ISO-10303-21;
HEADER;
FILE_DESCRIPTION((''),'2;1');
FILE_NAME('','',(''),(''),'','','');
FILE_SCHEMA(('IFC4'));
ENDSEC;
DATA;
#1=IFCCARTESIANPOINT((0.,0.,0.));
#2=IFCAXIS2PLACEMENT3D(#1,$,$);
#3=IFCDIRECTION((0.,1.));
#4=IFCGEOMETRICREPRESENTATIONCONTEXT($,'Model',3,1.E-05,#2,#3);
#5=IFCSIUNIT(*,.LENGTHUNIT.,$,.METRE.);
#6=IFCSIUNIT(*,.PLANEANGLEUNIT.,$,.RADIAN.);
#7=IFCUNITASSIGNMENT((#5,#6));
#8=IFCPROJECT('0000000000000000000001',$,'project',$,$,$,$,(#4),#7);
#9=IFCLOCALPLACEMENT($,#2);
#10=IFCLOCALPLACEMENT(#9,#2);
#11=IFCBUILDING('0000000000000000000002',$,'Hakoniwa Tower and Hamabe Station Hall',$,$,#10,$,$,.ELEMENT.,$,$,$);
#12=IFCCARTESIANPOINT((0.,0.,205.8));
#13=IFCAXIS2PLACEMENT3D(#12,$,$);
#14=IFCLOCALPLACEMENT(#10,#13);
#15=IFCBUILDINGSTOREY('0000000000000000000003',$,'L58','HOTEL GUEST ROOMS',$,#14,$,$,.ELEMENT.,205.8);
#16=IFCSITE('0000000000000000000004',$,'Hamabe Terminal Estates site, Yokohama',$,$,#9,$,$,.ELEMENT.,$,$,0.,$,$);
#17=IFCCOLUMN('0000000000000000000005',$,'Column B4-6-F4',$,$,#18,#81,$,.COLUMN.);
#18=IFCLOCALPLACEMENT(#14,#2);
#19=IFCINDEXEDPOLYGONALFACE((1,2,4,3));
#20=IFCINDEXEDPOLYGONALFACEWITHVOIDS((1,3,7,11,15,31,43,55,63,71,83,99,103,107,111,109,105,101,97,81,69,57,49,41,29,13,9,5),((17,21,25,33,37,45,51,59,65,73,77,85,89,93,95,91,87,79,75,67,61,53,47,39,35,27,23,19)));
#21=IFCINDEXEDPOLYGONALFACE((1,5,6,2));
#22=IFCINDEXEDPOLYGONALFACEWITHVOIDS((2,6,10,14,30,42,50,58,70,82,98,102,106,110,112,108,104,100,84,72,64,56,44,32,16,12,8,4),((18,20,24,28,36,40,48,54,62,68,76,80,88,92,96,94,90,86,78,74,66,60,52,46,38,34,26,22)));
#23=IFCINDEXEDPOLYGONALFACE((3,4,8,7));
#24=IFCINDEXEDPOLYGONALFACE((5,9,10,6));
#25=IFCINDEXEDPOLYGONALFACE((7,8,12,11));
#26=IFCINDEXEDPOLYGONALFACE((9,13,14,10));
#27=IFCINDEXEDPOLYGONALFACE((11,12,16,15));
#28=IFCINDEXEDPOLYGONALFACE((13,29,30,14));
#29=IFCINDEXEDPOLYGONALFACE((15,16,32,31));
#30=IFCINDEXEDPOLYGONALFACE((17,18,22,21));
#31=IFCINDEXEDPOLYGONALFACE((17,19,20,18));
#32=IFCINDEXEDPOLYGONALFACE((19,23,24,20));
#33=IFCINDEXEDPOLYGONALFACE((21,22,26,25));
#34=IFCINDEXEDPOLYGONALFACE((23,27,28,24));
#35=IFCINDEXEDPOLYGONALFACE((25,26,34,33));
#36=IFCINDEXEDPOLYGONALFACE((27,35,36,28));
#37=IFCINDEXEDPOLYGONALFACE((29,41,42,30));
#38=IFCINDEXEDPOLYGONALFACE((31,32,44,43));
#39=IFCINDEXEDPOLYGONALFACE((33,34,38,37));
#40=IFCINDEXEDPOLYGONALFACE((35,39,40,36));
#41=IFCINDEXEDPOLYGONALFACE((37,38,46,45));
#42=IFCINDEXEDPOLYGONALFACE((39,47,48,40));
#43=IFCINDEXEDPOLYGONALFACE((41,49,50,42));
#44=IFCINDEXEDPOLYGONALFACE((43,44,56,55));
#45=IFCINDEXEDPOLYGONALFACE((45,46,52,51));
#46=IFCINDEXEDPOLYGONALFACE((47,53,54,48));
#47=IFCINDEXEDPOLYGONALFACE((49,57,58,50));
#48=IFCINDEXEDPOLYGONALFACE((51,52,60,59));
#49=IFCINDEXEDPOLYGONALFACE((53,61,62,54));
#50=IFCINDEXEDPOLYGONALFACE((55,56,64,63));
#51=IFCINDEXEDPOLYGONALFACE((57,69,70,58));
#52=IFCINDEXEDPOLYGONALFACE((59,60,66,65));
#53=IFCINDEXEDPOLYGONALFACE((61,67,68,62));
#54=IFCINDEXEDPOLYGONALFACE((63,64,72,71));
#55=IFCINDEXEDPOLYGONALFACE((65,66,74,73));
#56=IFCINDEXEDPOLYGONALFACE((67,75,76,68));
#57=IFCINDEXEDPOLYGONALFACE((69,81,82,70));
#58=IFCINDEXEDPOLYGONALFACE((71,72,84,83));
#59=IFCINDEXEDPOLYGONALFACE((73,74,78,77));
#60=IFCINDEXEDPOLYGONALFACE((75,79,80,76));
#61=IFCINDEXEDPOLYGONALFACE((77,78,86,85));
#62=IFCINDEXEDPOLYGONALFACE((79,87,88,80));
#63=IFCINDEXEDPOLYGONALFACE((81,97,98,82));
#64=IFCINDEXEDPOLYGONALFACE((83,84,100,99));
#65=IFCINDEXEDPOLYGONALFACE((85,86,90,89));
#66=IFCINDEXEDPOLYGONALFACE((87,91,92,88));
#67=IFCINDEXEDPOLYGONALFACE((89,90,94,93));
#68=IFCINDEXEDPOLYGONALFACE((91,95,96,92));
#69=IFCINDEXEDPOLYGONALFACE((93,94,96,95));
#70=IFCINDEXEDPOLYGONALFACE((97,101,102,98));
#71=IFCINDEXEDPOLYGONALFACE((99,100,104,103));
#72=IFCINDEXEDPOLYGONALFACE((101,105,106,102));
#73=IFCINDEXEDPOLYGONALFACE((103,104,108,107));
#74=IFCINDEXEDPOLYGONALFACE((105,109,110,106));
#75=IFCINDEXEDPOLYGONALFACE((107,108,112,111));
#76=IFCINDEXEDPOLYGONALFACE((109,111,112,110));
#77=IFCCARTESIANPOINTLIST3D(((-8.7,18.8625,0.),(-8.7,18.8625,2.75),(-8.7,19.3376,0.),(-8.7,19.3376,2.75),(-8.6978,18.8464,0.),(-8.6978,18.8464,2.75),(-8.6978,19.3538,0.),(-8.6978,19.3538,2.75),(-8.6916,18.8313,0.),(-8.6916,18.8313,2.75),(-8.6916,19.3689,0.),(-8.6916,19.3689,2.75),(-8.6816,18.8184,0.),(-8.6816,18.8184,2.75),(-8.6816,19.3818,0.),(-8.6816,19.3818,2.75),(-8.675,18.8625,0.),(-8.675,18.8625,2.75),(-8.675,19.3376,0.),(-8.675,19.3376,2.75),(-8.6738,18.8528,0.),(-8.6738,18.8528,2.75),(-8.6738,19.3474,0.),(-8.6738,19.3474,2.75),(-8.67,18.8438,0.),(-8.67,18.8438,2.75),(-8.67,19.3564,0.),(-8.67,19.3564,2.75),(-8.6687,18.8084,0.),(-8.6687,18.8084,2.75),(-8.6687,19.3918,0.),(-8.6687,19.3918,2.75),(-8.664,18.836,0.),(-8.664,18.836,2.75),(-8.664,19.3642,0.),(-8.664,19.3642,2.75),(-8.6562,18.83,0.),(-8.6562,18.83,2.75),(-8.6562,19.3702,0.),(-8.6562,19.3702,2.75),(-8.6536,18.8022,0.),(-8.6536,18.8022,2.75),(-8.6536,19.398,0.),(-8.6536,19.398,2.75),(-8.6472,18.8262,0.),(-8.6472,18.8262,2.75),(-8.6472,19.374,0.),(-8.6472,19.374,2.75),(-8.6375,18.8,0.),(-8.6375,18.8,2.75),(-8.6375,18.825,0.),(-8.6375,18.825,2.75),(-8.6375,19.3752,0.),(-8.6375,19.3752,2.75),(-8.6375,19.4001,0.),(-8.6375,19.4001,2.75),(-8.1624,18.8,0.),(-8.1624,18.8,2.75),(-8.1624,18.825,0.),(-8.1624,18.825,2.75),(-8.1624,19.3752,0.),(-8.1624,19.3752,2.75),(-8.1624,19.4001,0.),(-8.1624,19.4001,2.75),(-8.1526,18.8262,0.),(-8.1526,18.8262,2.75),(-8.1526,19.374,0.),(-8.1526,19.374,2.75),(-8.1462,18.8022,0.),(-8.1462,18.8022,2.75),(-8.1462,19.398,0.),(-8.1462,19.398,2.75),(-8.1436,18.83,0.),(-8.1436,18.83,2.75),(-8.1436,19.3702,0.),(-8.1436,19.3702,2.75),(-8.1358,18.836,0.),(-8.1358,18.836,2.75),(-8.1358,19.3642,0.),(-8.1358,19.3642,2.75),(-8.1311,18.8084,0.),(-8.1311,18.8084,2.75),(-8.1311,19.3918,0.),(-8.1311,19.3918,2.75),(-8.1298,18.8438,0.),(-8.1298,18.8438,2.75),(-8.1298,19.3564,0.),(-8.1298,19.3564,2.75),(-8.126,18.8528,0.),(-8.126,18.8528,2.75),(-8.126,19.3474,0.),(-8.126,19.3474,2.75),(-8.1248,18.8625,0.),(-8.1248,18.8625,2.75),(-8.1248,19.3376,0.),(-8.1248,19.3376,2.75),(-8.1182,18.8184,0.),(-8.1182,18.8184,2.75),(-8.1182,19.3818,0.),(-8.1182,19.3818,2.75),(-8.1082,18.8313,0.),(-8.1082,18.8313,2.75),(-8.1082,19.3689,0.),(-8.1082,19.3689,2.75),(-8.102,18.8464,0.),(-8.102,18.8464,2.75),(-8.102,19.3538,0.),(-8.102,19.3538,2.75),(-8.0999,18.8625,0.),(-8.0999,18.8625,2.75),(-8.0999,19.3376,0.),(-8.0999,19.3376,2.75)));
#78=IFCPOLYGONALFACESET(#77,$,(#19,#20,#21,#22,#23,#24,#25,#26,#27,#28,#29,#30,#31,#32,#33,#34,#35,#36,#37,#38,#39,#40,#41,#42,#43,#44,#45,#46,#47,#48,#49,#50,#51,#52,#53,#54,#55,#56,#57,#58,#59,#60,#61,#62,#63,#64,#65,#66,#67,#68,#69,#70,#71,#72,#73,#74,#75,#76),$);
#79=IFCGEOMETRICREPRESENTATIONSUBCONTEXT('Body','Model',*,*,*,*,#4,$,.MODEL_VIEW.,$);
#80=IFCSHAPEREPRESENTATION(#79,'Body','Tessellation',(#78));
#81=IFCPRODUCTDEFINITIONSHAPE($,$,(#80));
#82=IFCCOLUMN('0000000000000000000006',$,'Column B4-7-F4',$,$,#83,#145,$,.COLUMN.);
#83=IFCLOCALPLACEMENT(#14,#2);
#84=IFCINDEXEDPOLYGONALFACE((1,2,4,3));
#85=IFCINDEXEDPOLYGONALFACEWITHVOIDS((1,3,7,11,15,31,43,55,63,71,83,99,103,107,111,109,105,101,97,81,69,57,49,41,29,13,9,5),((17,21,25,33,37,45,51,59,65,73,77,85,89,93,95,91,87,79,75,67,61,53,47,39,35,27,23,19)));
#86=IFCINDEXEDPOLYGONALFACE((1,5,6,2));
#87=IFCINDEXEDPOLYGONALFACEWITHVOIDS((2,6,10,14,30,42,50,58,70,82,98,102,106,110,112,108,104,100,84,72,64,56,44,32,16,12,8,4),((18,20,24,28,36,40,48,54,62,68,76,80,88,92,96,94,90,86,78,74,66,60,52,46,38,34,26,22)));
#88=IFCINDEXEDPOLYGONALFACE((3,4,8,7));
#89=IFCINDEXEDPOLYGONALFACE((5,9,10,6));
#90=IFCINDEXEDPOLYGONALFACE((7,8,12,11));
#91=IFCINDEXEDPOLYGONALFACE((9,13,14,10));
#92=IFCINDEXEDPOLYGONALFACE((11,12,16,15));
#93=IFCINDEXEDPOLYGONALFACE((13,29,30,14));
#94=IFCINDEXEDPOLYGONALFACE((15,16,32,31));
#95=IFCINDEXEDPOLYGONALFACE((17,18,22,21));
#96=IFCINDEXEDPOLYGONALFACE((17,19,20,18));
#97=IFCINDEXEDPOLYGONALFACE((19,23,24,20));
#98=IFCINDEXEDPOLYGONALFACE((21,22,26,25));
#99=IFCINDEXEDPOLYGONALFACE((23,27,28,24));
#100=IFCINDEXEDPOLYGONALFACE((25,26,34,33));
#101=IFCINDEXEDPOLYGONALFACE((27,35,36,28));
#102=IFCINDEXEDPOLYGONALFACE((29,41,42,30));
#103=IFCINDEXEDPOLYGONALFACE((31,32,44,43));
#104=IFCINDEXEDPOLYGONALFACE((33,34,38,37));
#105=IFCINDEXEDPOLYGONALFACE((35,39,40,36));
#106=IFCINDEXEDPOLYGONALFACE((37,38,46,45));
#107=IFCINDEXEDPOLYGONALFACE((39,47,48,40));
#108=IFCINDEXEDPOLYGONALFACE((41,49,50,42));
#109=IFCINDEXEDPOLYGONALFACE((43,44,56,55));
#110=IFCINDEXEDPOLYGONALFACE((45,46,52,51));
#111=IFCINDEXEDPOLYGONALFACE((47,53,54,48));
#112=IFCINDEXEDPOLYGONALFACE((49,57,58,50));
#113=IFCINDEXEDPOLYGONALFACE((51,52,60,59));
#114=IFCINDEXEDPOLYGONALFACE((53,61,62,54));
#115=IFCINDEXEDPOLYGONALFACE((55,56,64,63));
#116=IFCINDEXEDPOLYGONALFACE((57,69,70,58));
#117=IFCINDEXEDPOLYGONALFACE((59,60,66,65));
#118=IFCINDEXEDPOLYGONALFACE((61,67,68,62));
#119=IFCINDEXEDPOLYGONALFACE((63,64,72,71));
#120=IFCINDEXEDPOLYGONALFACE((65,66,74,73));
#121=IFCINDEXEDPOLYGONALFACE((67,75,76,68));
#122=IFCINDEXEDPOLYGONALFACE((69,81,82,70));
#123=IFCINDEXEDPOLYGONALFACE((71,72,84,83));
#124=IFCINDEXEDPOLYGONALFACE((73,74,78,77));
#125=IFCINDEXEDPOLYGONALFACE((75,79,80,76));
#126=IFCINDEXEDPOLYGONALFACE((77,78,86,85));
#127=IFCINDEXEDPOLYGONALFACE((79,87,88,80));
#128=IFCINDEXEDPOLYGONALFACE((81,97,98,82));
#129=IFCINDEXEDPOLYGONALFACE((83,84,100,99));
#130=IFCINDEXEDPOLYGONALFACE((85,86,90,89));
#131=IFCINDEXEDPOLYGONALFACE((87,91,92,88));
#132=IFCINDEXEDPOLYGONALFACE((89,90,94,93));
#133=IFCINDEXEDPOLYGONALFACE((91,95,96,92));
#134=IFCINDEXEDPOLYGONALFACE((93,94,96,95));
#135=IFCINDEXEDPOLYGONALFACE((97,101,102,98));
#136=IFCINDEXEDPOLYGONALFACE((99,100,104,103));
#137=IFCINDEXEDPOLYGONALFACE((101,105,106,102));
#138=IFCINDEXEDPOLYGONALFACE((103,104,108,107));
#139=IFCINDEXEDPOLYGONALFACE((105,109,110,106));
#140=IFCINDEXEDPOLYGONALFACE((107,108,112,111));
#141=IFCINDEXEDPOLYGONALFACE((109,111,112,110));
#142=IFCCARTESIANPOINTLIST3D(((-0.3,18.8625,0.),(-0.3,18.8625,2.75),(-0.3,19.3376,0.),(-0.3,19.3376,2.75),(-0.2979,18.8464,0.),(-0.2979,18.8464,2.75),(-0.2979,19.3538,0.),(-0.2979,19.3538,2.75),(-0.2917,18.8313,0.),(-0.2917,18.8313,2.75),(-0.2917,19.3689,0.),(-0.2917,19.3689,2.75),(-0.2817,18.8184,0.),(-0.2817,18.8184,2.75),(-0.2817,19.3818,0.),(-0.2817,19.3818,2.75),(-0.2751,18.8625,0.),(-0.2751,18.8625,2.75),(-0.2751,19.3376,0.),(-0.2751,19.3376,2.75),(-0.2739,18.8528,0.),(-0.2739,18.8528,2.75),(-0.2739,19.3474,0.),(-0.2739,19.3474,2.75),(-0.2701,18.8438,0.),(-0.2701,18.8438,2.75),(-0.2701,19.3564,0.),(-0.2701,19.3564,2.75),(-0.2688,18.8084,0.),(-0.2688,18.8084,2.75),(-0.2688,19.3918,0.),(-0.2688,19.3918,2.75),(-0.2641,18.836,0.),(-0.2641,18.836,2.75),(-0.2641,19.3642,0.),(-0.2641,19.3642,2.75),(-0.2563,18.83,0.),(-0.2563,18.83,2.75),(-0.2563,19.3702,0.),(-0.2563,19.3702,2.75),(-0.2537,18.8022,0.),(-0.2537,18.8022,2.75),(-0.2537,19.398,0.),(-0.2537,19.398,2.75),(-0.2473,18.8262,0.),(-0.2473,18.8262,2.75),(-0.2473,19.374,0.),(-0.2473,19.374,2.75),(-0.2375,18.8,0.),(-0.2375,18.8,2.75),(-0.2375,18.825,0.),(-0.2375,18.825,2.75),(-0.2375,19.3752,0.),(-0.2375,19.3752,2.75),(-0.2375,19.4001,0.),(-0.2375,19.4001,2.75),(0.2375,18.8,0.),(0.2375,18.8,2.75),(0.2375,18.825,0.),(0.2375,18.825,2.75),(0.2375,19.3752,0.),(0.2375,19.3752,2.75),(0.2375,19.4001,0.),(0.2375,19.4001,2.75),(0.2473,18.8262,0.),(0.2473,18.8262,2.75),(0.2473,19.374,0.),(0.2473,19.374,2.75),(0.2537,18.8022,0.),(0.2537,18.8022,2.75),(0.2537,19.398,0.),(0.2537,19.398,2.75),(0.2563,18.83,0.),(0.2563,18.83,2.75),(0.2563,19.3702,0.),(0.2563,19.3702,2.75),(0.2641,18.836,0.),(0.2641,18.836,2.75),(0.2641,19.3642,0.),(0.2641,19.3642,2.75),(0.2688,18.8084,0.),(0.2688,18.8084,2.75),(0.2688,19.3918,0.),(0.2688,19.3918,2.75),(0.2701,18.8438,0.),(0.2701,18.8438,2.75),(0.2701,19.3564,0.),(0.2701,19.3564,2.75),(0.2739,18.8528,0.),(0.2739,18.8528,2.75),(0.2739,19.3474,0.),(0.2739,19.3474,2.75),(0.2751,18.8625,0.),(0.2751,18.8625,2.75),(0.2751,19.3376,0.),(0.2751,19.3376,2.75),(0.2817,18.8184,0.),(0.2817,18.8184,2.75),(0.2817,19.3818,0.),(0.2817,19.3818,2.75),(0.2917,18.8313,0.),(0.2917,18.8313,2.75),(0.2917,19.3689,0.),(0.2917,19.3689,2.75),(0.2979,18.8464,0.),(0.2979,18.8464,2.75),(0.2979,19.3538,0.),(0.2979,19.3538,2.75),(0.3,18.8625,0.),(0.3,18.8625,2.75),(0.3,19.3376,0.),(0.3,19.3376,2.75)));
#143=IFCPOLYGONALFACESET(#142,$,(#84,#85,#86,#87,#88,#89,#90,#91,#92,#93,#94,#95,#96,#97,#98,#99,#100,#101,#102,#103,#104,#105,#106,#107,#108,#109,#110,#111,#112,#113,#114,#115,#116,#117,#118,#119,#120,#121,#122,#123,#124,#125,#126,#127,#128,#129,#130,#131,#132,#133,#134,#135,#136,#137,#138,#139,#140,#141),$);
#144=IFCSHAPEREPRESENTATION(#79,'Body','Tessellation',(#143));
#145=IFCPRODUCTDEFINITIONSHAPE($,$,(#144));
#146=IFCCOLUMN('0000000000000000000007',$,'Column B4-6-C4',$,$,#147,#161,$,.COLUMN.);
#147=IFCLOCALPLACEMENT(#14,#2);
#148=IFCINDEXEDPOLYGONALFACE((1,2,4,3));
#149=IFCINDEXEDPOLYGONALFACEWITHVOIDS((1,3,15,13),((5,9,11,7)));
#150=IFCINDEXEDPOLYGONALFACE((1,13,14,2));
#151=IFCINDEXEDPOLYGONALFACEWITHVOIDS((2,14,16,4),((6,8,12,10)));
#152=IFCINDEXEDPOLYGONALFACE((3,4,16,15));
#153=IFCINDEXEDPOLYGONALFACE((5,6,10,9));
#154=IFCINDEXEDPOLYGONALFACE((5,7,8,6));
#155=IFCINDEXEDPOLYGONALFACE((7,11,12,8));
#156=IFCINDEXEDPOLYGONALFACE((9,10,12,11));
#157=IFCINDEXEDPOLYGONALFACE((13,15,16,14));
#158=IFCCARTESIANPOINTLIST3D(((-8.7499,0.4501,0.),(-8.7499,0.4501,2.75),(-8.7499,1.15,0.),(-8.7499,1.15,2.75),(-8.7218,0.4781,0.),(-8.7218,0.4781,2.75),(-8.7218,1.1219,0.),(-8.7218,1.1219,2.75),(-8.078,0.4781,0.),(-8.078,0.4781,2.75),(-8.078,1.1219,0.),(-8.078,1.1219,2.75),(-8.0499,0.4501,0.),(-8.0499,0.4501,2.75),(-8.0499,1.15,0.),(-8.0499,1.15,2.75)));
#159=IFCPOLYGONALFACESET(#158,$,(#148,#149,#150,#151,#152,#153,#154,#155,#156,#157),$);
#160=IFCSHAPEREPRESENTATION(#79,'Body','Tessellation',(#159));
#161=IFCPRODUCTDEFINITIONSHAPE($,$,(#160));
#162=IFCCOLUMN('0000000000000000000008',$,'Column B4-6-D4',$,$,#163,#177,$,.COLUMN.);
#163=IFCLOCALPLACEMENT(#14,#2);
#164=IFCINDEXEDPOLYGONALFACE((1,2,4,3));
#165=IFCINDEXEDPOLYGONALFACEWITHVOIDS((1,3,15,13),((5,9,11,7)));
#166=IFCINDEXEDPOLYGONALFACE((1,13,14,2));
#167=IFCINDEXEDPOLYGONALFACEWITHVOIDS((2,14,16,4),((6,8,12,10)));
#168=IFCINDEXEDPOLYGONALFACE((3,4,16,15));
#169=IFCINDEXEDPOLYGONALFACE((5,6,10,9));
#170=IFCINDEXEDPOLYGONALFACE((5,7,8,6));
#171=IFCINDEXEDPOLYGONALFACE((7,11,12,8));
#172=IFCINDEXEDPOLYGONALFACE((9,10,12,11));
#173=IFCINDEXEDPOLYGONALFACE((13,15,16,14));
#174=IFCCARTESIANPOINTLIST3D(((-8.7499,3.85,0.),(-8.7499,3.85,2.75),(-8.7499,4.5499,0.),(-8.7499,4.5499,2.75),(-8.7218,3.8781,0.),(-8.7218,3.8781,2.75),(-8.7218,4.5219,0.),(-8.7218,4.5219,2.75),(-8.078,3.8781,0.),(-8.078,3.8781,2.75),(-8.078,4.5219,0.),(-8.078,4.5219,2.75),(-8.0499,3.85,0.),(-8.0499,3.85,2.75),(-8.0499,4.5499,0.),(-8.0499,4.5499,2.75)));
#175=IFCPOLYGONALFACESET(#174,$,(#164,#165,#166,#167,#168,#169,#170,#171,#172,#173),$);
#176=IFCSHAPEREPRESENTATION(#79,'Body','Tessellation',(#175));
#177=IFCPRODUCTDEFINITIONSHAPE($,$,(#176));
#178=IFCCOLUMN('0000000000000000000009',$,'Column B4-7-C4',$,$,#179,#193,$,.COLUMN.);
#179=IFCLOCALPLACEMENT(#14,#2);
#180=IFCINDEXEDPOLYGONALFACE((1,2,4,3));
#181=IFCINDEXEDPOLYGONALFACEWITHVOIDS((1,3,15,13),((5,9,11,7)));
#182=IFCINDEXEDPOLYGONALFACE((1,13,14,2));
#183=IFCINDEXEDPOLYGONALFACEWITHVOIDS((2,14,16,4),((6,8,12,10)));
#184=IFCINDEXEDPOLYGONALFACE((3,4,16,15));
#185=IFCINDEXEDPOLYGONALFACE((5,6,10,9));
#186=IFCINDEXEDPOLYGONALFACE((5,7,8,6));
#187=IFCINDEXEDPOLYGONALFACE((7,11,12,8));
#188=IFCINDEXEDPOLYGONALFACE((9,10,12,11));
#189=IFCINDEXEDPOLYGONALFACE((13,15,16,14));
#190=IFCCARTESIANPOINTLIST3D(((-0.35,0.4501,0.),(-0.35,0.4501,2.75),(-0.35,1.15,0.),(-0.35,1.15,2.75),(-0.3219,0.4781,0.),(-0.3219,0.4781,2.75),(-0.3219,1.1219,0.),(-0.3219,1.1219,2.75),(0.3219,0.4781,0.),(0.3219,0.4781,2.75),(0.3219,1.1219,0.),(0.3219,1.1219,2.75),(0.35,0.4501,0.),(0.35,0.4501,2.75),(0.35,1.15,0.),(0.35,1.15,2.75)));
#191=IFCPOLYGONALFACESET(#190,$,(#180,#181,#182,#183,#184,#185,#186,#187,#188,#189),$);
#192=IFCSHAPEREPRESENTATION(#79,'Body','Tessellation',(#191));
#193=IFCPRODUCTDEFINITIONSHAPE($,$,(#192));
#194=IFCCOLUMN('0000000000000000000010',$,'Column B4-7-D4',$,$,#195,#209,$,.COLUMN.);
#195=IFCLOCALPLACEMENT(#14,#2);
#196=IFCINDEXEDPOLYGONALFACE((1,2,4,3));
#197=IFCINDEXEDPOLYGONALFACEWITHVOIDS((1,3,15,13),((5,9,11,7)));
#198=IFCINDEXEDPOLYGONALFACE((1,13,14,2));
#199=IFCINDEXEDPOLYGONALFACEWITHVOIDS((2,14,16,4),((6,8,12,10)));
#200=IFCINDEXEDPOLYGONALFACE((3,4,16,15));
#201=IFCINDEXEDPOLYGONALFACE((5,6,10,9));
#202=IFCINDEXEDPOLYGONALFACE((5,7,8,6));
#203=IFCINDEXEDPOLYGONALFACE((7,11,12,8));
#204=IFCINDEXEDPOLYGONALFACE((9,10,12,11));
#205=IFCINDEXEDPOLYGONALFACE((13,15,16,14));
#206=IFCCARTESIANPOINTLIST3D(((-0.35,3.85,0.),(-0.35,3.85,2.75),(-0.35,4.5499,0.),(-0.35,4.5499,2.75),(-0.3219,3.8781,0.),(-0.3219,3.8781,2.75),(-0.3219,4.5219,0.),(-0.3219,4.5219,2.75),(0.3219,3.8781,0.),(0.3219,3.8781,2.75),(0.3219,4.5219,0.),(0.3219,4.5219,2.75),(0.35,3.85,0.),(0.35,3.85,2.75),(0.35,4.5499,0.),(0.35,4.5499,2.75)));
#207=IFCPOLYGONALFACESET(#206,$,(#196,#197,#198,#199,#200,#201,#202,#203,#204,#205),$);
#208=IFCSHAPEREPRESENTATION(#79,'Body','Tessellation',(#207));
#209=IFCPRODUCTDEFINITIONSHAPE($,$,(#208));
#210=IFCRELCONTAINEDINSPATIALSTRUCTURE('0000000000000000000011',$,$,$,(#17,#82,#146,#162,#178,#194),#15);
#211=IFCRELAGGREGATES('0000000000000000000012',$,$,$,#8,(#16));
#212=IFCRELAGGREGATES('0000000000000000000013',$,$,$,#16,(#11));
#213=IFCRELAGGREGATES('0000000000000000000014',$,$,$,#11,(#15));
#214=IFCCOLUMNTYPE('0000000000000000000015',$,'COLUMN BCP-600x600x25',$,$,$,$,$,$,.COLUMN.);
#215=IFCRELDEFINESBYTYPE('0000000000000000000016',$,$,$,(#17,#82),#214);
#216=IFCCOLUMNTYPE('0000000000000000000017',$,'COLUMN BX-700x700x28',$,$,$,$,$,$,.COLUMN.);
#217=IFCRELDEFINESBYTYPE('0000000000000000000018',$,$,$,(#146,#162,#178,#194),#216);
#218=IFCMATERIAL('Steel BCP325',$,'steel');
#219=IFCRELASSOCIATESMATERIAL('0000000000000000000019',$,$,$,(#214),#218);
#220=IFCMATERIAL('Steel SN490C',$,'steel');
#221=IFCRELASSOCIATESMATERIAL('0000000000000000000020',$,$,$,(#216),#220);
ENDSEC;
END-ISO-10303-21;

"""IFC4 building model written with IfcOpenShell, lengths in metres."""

from ifc_helpers import new_model, si_unit, direction, frame, origin, origin_2d, place, context, subcontext, project, spatial, hollow_rectangle, extrude, material, material_profile, profile_set, type_object, element, save


model = new_model("IFC4")

# Units and contexts
model_context = context("Model", 3, precision=1e-05, world=origin(), true_north=direction((0.0, 1.0)))
body_context = subcontext(model_context, "Body", "Model", "MODEL_VIEW")
ifc_project = project(units=[si_unit("LENGTHUNIT", "METRE"), si_unit("PLANEANGLEUNIT", "RADIAN")], contexts=[model_context])

# Site, building, storey
site_placement = place(None, origin())
site = spatial("IfcSite", under=ifc_project, at=site_placement, Name="Hamabe Terminal Estates site, Yokohama", CompositionType="ELEMENT", RefElevation=0.0)
building_placement = place(site_placement, origin())
building = spatial("IfcBuilding", under=site, at=building_placement, Name="Hakoniwa Tower and Hamabe Station Hall", CompositionType="ELEMENT")
storey_placement = place(building_placement, frame((0.0, 0.0, 205.8)))
storey = spatial("IfcBuildingStorey", under=building, at=storey_placement, Name="L58", Description="HOTEL GUEST ROOMS", CompositionType="ELEMENT", Elevation=205.8)

# Columns
ifc_material_1 = material(Name="Steel BCP325", Category="steel")
ifc_material_profile_1 = material_profile(ifc_material_1, hollow_rectangle(XDim=0.6001, YDim=0.6001, WallThickness=0.0249, InnerFilletRadius=0.0376, OuterFilletRadius=0.0625, at=origin_2d()), Name="BCP-600x600x25")
ifc_profile_set_1 = profile_set([ifc_material_profile_1], Name="Steel BCP325")
column_type_1 = type_object("IfcColumnType", Name="COLUMN BCP-600x600x25", PredefinedType="COLUMN", material=ifc_profile_set_1)
for number, where, z_axis, x_axis, name in (
    (1, (-8.3999, 19.1001, 0.0), (0.0, 0.0, 1.0), (1.0, 0.0, 0.0), "Column B4-6-F4"),
    (2, (0.0, 19.1001, 0.0), (0.0, 0.0, 1.0), (1.0, 0.0, 0.0), "Column B4-7-F4"),
):
    element("IfcColumn", number, at=place(storey_placement, frame(where, z_axis=z_axis, x_axis=x_axis)), inside=storey, type_object=column_type_1, Name=name, PredefinedType="COLUMN", context=body_context, shape_type="SweptSolid", body=[
        extrude(hollow_rectangle(XDim=0.6001, YDim=0.6001, WallThickness=0.0249, InnerFilletRadius=0.0376, OuterFilletRadius=0.0625, at=origin_2d()), origin(), (0.0, 0.0, 1.0), 2.75),
    ])
ifc_material_2 = material(Name="Steel SN490C", Category="steel")
ifc_material_profile_2 = material_profile(ifc_material_2, hollow_rectangle(XDim=0.7, YDim=0.7, WallThickness=0.0281, at=origin_2d()), Name="BX-700x700x28")
ifc_profile_set_2 = profile_set([ifc_material_profile_2], Name="Steel SN490C")
column_type_2 = type_object("IfcColumnType", Name="COLUMN BX-700x700x28", PredefinedType="COLUMN", material=ifc_profile_set_2)
for number, where, z_axis, x_axis, name in (
    (3, (-8.3999, 0.8, 0.0), (0.0, 0.0, 1.0), (1.0, 0.0, 0.0), "Column B4-6-C4"),
    (4, (-8.3999, 4.2, 0.0), (0.0, 0.0, 1.0), (1.0, 0.0, 0.0), "Column B4-6-D4"),
    (5, (0.0, 0.8, 0.0), (0.0, 0.0, 1.0), (1.0, 0.0, 0.0), "Column B4-7-C4"),
    (6, (0.0, 4.2, 0.0), (0.0, 0.0, 1.0), (1.0, 0.0, 0.0), "Column B4-7-D4"),
):
    element("IfcColumn", number, at=place(storey_placement, frame(where, z_axis=z_axis, x_axis=x_axis)), inside=storey, type_object=column_type_2, Name=name, PredefinedType="COLUMN", context=body_context, shape_type="SweptSolid", body=[
        extrude(hollow_rectangle(XDim=0.7, YDim=0.7, WallThickness=0.0281, at=origin_2d()), origin(), (0.0, 0.0, 1.0), 2.75),
    ])

save(model, "model.ifc")
